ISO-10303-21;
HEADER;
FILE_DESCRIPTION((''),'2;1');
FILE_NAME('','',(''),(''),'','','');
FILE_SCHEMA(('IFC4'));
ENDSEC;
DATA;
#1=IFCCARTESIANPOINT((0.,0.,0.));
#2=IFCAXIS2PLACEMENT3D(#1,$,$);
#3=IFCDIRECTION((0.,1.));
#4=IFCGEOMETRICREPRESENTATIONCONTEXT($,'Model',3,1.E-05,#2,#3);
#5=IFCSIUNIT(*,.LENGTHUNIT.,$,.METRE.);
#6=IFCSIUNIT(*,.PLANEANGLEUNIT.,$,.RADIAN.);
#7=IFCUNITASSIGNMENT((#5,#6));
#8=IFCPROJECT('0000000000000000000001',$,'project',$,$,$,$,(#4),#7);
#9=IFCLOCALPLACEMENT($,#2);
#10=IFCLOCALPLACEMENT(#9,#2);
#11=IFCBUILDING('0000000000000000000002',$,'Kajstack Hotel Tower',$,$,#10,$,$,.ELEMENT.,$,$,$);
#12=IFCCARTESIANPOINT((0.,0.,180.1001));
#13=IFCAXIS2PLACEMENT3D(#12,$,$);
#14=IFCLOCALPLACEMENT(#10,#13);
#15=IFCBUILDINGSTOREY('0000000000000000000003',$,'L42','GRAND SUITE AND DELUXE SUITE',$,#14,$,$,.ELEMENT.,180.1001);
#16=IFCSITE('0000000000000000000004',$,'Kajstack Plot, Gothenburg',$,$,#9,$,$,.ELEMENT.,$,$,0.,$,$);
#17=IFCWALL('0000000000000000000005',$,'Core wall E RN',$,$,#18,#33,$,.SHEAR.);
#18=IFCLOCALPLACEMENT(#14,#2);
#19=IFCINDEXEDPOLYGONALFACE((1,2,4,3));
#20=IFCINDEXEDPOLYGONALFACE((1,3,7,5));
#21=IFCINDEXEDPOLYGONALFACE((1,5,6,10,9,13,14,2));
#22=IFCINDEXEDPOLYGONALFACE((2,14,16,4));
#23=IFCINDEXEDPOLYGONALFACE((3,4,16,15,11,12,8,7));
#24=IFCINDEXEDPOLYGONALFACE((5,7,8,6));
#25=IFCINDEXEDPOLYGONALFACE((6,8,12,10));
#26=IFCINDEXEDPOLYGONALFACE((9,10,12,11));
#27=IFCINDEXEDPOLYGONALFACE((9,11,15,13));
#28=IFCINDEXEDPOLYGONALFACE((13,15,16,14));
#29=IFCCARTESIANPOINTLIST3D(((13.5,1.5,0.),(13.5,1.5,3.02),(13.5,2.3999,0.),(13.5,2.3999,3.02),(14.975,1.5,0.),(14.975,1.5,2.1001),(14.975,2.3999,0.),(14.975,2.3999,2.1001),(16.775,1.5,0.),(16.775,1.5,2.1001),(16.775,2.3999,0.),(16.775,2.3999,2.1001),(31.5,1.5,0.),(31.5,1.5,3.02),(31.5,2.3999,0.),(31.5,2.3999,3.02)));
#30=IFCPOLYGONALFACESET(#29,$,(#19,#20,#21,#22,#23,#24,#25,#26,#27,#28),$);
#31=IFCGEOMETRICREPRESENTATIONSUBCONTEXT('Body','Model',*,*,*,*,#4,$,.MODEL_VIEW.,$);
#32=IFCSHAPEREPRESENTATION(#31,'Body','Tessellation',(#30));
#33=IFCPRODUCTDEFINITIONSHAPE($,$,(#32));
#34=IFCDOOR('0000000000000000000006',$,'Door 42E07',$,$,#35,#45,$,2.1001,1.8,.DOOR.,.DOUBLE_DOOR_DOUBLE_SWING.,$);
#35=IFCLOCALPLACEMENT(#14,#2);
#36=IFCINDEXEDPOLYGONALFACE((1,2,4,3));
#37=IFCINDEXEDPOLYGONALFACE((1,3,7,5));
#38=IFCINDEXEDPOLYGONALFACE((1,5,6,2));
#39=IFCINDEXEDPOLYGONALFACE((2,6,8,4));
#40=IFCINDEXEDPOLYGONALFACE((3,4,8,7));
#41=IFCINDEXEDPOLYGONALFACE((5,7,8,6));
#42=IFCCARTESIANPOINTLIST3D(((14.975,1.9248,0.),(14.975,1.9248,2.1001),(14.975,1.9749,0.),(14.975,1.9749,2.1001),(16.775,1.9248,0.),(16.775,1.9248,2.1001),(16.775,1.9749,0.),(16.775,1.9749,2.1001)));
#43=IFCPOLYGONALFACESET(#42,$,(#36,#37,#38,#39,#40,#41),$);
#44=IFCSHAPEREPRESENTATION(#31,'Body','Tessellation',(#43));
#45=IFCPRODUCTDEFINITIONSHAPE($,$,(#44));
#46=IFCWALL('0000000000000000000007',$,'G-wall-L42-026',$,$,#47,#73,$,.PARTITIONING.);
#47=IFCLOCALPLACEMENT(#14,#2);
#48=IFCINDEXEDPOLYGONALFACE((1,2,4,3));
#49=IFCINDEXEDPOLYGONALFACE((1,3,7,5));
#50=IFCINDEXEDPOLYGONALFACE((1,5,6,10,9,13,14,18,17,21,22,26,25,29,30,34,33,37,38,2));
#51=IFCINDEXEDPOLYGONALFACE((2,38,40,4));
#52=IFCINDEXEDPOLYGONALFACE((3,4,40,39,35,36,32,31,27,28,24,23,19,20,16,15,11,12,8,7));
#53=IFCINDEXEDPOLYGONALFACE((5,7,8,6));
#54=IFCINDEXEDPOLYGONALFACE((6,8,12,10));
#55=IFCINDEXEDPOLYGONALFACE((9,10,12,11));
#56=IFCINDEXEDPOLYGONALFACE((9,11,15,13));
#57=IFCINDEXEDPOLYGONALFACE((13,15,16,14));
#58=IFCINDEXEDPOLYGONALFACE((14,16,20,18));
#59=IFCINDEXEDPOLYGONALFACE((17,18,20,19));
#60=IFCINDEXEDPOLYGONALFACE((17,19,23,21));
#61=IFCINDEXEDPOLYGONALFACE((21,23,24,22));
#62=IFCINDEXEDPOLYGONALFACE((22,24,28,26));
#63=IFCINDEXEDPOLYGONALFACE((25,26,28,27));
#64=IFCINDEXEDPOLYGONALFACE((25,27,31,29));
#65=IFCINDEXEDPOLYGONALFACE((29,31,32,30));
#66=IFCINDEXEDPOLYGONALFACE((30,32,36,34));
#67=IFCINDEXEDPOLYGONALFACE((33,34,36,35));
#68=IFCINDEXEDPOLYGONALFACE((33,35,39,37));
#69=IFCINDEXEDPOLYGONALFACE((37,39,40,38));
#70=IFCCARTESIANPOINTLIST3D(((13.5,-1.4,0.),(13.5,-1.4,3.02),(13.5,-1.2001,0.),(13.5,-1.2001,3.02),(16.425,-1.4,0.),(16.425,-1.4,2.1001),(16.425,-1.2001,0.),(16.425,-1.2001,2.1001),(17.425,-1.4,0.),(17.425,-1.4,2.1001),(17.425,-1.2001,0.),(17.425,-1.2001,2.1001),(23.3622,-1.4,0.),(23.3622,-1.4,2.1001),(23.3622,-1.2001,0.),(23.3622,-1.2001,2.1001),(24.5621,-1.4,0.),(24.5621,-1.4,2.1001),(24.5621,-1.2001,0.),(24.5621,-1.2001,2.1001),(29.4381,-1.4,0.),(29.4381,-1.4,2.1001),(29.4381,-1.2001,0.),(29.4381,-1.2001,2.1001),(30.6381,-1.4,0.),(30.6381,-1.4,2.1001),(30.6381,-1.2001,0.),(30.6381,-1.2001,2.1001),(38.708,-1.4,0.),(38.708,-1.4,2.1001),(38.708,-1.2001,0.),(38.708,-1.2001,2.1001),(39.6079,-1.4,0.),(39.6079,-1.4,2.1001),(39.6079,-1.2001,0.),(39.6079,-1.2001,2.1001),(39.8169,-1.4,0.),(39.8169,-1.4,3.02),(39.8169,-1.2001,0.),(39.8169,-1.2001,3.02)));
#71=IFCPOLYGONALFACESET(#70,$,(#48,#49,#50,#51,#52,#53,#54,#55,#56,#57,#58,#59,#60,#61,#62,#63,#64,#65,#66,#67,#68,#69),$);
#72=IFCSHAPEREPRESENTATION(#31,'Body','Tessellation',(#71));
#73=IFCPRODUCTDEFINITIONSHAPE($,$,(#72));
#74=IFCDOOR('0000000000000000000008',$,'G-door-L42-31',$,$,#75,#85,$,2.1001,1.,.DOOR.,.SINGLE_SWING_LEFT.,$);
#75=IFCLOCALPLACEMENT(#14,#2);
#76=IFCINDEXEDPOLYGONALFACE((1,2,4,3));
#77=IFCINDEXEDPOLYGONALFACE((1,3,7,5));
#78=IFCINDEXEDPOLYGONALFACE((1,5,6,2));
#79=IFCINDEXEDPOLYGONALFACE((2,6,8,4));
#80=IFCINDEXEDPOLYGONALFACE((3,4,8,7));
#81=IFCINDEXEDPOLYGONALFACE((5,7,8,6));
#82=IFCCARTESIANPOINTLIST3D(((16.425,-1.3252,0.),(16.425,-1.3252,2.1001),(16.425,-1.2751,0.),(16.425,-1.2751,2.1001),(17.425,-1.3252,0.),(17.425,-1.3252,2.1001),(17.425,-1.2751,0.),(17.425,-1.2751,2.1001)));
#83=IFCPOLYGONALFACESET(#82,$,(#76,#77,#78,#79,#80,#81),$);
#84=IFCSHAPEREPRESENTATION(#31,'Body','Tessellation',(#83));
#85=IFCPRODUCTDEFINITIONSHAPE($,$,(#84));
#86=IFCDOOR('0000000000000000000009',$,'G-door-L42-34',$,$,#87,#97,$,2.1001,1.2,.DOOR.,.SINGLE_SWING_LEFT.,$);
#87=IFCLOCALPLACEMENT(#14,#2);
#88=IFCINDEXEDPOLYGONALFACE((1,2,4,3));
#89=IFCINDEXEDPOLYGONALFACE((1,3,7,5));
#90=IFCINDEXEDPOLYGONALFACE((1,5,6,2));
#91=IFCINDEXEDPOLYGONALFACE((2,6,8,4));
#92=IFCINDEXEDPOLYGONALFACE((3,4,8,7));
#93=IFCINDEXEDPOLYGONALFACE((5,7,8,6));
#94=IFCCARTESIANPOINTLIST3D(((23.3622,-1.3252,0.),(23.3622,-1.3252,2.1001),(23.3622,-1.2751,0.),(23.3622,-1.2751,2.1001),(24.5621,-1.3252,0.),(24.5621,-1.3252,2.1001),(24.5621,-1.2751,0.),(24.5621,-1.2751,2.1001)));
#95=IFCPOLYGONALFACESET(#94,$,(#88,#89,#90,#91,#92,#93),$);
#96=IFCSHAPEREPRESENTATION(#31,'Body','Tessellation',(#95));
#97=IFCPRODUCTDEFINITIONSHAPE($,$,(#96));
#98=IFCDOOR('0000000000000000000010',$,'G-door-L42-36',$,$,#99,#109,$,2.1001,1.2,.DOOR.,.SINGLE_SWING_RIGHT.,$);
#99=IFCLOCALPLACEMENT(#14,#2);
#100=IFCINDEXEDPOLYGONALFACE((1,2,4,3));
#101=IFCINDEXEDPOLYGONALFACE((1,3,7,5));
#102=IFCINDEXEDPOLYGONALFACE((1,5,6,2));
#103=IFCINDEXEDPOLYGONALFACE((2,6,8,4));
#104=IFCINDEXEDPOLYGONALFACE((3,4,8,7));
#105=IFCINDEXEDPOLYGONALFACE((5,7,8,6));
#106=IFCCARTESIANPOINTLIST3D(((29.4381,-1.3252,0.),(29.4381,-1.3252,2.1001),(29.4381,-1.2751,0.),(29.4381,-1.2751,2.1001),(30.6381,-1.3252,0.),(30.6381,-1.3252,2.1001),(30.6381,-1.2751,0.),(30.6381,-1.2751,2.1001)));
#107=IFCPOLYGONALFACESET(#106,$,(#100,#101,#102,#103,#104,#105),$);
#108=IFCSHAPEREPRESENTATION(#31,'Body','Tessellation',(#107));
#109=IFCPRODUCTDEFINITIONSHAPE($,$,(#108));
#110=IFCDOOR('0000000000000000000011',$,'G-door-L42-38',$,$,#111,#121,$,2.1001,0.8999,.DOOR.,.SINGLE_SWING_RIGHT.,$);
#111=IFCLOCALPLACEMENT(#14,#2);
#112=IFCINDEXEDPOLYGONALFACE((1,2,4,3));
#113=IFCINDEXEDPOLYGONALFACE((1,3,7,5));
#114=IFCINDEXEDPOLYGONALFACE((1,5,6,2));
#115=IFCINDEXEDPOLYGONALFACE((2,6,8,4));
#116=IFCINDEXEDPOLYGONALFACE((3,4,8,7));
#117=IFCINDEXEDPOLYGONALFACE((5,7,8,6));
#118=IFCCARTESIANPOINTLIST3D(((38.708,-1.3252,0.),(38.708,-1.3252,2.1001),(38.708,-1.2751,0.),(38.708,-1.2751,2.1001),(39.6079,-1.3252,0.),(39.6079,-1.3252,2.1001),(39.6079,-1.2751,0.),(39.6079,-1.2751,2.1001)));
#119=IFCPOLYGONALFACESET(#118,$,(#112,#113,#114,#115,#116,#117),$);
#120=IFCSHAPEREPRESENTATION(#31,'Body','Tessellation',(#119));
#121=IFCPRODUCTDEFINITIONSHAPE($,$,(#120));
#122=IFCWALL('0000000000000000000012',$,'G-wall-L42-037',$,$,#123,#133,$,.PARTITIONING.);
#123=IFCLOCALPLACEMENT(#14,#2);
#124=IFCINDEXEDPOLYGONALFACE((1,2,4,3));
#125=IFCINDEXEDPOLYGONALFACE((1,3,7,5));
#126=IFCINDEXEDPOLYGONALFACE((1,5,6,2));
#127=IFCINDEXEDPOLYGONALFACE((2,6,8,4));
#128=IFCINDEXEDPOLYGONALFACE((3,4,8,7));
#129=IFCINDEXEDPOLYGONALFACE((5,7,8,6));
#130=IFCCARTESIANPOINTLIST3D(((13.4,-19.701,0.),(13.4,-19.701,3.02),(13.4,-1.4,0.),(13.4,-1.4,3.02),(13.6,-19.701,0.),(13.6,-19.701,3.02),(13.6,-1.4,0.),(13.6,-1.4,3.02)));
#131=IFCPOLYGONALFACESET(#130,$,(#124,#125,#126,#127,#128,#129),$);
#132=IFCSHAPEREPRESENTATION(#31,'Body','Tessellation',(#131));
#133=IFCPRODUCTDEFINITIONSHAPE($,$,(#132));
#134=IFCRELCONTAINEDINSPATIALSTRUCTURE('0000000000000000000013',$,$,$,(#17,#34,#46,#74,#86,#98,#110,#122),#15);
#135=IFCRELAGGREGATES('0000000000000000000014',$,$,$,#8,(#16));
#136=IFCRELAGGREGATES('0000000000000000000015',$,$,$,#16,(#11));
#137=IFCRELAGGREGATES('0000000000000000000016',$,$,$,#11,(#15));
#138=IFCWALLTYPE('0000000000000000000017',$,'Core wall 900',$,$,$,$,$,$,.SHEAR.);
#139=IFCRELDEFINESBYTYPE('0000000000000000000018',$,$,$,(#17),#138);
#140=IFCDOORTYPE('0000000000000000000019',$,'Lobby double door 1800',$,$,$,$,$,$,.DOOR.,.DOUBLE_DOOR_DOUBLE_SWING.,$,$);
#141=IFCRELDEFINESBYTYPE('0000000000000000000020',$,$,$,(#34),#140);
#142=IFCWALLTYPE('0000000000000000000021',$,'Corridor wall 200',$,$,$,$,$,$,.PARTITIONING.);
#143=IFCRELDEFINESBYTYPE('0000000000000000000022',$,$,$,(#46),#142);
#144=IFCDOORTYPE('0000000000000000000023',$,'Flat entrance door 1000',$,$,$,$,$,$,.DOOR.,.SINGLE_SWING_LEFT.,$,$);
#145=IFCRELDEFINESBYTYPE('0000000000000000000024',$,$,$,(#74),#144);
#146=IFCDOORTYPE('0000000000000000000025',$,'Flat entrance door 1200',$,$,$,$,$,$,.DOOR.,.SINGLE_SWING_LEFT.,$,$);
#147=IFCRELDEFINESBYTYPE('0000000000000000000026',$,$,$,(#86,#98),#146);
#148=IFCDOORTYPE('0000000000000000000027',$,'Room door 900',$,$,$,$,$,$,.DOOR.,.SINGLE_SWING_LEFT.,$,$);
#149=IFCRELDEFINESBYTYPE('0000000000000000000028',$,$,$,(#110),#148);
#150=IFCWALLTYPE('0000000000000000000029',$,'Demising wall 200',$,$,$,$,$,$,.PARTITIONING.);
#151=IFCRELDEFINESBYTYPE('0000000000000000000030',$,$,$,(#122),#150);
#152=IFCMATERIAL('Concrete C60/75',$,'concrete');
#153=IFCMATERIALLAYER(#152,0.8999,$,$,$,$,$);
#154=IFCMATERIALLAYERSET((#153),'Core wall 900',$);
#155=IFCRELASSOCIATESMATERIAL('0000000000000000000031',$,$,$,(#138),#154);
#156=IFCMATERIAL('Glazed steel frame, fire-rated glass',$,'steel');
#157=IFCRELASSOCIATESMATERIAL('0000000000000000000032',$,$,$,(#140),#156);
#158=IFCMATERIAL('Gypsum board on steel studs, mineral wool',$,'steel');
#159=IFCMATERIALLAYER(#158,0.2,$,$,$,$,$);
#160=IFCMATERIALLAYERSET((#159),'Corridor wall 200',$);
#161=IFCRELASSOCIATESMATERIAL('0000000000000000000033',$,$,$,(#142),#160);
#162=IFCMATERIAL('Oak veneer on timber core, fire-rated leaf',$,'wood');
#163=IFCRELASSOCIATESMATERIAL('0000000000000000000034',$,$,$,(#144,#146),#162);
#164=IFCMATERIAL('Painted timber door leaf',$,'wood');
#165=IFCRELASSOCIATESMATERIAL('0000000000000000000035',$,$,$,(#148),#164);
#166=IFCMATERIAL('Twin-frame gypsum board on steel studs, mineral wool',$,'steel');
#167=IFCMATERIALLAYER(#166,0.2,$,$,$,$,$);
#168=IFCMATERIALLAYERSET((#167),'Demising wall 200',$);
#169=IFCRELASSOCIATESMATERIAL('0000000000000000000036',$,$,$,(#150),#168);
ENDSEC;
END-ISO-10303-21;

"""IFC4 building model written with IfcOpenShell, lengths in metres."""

from ifc_helpers import new_model, si_unit, direction, frame, frame_2d, origin, place, context, subcontext, project, spatial, rectangle, extrude, material, layer, layer_set, type_object, element, fill, save


model = new_model("IFC4")

# Units and contexts
model_context = context("Model", 3, precision=1e-05, world=origin(), true_north=direction((0.0, 1.0)))
body_context = subcontext(model_context, "Body", "Model", "MODEL_VIEW")
ifc_project = project(units=[si_unit("LENGTHUNIT", "METRE"), si_unit("PLANEANGLEUNIT", "RADIAN")], contexts=[model_context])

# Site, building, storey
site_placement = place(None, origin())
site = spatial("IfcSite", under=ifc_project, at=site_placement, Name="Kajstack Plot, Gothenburg", CompositionType="ELEMENT", RefElevation=0.0)
building_placement = place(site_placement, origin())
building = spatial("IfcBuilding", under=site, at=building_placement, Name="Kajstack Hotel Tower", CompositionType="ELEMENT")
storey_placement = place(building_placement, frame((0.0, 0.0, 180.1001)))
storey = spatial("IfcBuildingStorey", under=building, at=storey_placement, Name="L42", Description="GRAND SUITE AND DELUXE SUITE", CompositionType="ELEMENT", Elevation=180.1001)

# Wall, opening, door
ifc_material_1 = material(Name="Concrete C60/75", Category="concrete")
ifc_layer_1 = layer(ifc_material_1, 0.8999)
ifc_layer_set_1 = layer_set([ifc_layer_1], Name="Core wall 900")
wall_type_1 = type_object("IfcWallType", Name="Core wall 900", PredefinedType="SHEAR", material=ifc_layer_set_1)
wall_1_placement = place(storey_placement, frame((13.5, 1.95, 0.0), z_axis=(0.0, 0.0, 1.0), x_axis=(1.0, 0.0, 0.0)))
wall_1 = element("IfcWall", 1, at=wall_1_placement, inside=storey, type_object=wall_type_1, Name="Core wall E RN", PredefinedType="SHEAR", context=body_context, shape_type="SweptSolid", body=[
    extrude(rectangle(XDim=18.0, YDim=0.8999, at=frame_2d((9.0, 0.0))), origin(), (0.0, 0.0, 1.0), 3.02),
])
opening_1_placement = place(wall_1_placement, frame((1.4751, 0.0, 0.0)))
opening_1 = element("IfcOpeningElement", 2, at=opening_1_placement, cuts=wall_1, PredefinedType="OPENING", context=body_context, shape_type="SweptSolid", body=[
    extrude(rectangle(XDim=1.8, YDim=2.1001, at=frame_2d((0.8999, 1.05))), frame((0.0, 0.46, 0.0), z_axis=(0.0, -1.0, 0.0), x_axis=(1.0, 0.0, 0.0)), (0.0, 0.0, 1.0), 0.9199),
])
ifc_material_2 = material(Name="Glazed steel frame, fire-rated glass", Category="steel")
door_type_1 = type_object("IfcDoorType", Name="Lobby double door 1800", OperationType="DOUBLE_DOOR_DOUBLE_SWING", PredefinedType="DOOR", material=ifc_material_2)
door_1_placement = place(opening_1_placement, origin())
door_1 = element("IfcDoor", 3, at=door_1_placement, inside=storey, type_object=door_type_1, Name="Door 42E07", OperationType="DOUBLE_DOOR_DOUBLE_SWING", OverallHeight=2.1001, OverallWidth=1.8, PredefinedType="DOOR", context=body_context, shape_type="SweptSolid", body=[
    extrude(rectangle(XDim=1.8, YDim=2.1001, at=frame_2d((0.8999, 1.05))), frame((0.0, 0.0249, 0.0), z_axis=(0.0, -1.0, 0.0), x_axis=(1.0, 0.0, 0.0)), (0.0, 0.0, 1.0), 0.05),
])
fill(opening_1, door_1)

# Wall, openings, doors
ifc_material_3 = material(Name="Gypsum board on steel studs, mineral wool", Category="steel")
ifc_layer_2 = layer(ifc_material_3, 0.2)
ifc_layer_set_2 = layer_set([ifc_layer_2], Name="Corridor wall 200")
wall_type_2 = type_object("IfcWallType", Name="Corridor wall 200", PredefinedType="PARTITIONING", material=ifc_layer_set_2)
wall_2_placement = place(storey_placement, frame((13.5, -1.3, 0.0), z_axis=(0.0, 0.0, 1.0), x_axis=(1.0, 0.0, 0.0)))
wall_2 = element("IfcWall", 4, at=wall_2_placement, inside=storey, type_object=wall_type_2, Name="G-wall-L42-026", PredefinedType="PARTITIONING", context=body_context, shape_type="SweptSolid", body=[
    extrude(rectangle(XDim=26.3169, YDim=0.2, at=frame_2d((13.1584, 0.0))), origin(), (0.0, 0.0, 1.0), 3.02),
])
opening_2_placement = place(wall_2_placement, frame((2.925, 0.0, 0.0)))
opening_2 = element("IfcOpeningElement", 5, at=opening_2_placement, cuts=wall_2, PredefinedType="OPENING", context=body_context, shape_type="SweptSolid", body=[
    extrude(rectangle(XDim=1.0, YDim=2.1001, at=frame_2d((0.5, 1.05))), frame((0.0, 0.1099, 0.0), z_axis=(0.0, -1.0, 0.0), x_axis=(1.0, 0.0, 0.0)), (0.0, 0.0, 1.0), 0.22),
])
opening_3_placement = place(wall_2_placement, frame((9.8621, 0.0, 0.0)))
opening_3 = element("IfcOpeningElement", 6, at=opening_3_placement, cuts=wall_2, PredefinedType="OPENING", context=body_context, shape_type="SweptSolid", body=[
    extrude(rectangle(XDim=1.2, YDim=2.1001, at=frame_2d((0.6001, 1.05))), frame((0.0, 0.1099, 0.0), z_axis=(0.0, -1.0, 0.0), x_axis=(1.0, 0.0, 0.0)), (0.0, 0.0, 1.0), 0.22),
])
opening_4_placement = place(wall_2_placement, frame((15.938, 0.0, 0.0)))
opening_4 = element("IfcOpeningElement", 7, at=opening_4_placement, cuts=wall_2, PredefinedType="OPENING", context=body_context, shape_type="SweptSolid", body=[
    extrude(rectangle(XDim=1.2, YDim=2.1001, at=frame_2d((0.6001, 1.05))), frame((0.0, 0.1099, 0.0), z_axis=(0.0, -1.0, 0.0), x_axis=(1.0, 0.0, 0.0)), (0.0, 0.0, 1.0), 0.22),
])
opening_5_placement = place(wall_2_placement, frame((25.208, 0.0, 0.0)))
opening_5 = element("IfcOpeningElement", 8, at=opening_5_placement, cuts=wall_2, PredefinedType="OPENING", context=body_context, shape_type="SweptSolid", body=[
    extrude(rectangle(XDim=0.8999, YDim=2.1001, at=frame_2d((0.45, 1.05))), frame((0.0, 0.1099, 0.0), z_axis=(0.0, -1.0, 0.0), x_axis=(1.0, 0.0, 0.0)), (0.0, 0.0, 1.0), 0.22),
])
ifc_material_4 = material(Name="Oak veneer on timber core, fire-rated leaf", Category="wood")
door_type_2 = type_object("IfcDoorType", Name="Flat entrance door 1000", OperationType="SINGLE_SWING_LEFT", PredefinedType="DOOR", material=ifc_material_4)
door_2_placement = place(opening_2_placement, origin())
door_2 = element("IfcDoor", 9, at=door_2_placement, inside=storey, type_object=door_type_2, Name="G-door-L42-31", OperationType="SINGLE_SWING_LEFT", OverallHeight=2.1001, OverallWidth=1.0, PredefinedType="DOOR", context=body_context, shape_type="SweptSolid", body=[
    extrude(rectangle(XDim=1.0, YDim=2.1001, at=frame_2d((0.5, 1.05))), frame((0.0, 0.0249, 0.0), z_axis=(0.0, -1.0, 0.0), x_axis=(1.0, 0.0, 0.0)), (0.0, 0.0, 1.0), 0.05),
])
fill(opening_2, door_2)
door_type_3 = type_object("IfcDoorType", Name="Flat entrance door 1200", OperationType="SINGLE_SWING_LEFT", PredefinedType="DOOR", material=ifc_material_4)
door_3_placement = place(opening_3_placement, origin())
door_3 = element("IfcDoor", 10, at=door_3_placement, inside=storey, type_object=door_type_3, Name="G-door-L42-34", OperationType="SINGLE_SWING_LEFT", OverallHeight=2.1001, OverallWidth=1.2, PredefinedType="DOOR", context=body_context, shape_type="SweptSolid", body=[
    extrude(rectangle(XDim=1.2, YDim=2.1001, at=frame_2d((0.6001, 1.05))), frame((0.0, 0.0249, 0.0), z_axis=(0.0, -1.0, 0.0), x_axis=(1.0, 0.0, 0.0)), (0.0, 0.0, 1.0), 0.05),
])
fill(opening_3, door_3)
door_4_placement = place(opening_4_placement, origin())
door_4 = element("IfcDoor", 11, at=door_4_placement, inside=storey, type_object=door_type_3, Name="G-door-L42-36", OperationType="SINGLE_SWING_RIGHT", OverallHeight=2.1001, OverallWidth=1.2, PredefinedType="DOOR", context=body_context, shape_type="SweptSolid", body=[
    extrude(rectangle(XDim=1.2, YDim=2.1001, at=frame_2d((0.6001, 1.05))), frame((0.0, 0.0249, 0.0), z_axis=(0.0, -1.0, 0.0), x_axis=(1.0, 0.0, 0.0)), (0.0, 0.0, 1.0), 0.05),
])
fill(opening_4, door_4)
ifc_material_5 = material(Name="Painted timber door leaf", Category="wood")
door_type_4 = type_object("IfcDoorType", Name="Room door 900", OperationType="SINGLE_SWING_LEFT", PredefinedType="DOOR", material=ifc_material_5)
door_5_placement = place(opening_5_placement, origin())
door_5 = element("IfcDoor", 12, at=door_5_placement, inside=storey, type_object=door_type_4, Name="G-door-L42-38", OperationType="SINGLE_SWING_RIGHT", OverallHeight=2.1001, OverallWidth=0.8999, PredefinedType="DOOR", context=body_context, shape_type="SweptSolid", body=[
    extrude(rectangle(XDim=0.8999, YDim=2.1001, at=frame_2d((0.45, 1.05))), frame((0.0, 0.0249, 0.0), z_axis=(0.0, -1.0, 0.0), x_axis=(1.0, 0.0, 0.0)), (0.0, 0.0, 1.0), 0.05),
])
fill(opening_5, door_5)

# Wall
ifc_material_6 = material(Name="Twin-frame gypsum board on steel studs, mineral wool", Category="steel")
ifc_layer_3 = layer(ifc_material_6, 0.2)
ifc_layer_set_3 = layer_set([ifc_layer_3], Name="Demising wall 200")
wall_type_3 = type_object("IfcWallType", Name="Demising wall 200", PredefinedType="PARTITIONING", material=ifc_layer_set_3)
wall_3_placement = place(storey_placement, frame((13.5, -19.7009, 0.0), z_axis=(0.0, 0.0, 1.0), x_axis=(0.0, 1.0, 0.0)))
element("IfcWall", 13, at=wall_3_placement, inside=storey, type_object=wall_type_3, Name="G-wall-L42-037", PredefinedType="PARTITIONING", context=body_context, shape_type="SweptSolid", body=[
    extrude(rectangle(XDim=18.301, YDim=0.2, at=frame_2d((9.1504, 0.0))), origin(), (0.0, 0.0, 1.0), 3.02),
])

save(model, "model.ifc")
